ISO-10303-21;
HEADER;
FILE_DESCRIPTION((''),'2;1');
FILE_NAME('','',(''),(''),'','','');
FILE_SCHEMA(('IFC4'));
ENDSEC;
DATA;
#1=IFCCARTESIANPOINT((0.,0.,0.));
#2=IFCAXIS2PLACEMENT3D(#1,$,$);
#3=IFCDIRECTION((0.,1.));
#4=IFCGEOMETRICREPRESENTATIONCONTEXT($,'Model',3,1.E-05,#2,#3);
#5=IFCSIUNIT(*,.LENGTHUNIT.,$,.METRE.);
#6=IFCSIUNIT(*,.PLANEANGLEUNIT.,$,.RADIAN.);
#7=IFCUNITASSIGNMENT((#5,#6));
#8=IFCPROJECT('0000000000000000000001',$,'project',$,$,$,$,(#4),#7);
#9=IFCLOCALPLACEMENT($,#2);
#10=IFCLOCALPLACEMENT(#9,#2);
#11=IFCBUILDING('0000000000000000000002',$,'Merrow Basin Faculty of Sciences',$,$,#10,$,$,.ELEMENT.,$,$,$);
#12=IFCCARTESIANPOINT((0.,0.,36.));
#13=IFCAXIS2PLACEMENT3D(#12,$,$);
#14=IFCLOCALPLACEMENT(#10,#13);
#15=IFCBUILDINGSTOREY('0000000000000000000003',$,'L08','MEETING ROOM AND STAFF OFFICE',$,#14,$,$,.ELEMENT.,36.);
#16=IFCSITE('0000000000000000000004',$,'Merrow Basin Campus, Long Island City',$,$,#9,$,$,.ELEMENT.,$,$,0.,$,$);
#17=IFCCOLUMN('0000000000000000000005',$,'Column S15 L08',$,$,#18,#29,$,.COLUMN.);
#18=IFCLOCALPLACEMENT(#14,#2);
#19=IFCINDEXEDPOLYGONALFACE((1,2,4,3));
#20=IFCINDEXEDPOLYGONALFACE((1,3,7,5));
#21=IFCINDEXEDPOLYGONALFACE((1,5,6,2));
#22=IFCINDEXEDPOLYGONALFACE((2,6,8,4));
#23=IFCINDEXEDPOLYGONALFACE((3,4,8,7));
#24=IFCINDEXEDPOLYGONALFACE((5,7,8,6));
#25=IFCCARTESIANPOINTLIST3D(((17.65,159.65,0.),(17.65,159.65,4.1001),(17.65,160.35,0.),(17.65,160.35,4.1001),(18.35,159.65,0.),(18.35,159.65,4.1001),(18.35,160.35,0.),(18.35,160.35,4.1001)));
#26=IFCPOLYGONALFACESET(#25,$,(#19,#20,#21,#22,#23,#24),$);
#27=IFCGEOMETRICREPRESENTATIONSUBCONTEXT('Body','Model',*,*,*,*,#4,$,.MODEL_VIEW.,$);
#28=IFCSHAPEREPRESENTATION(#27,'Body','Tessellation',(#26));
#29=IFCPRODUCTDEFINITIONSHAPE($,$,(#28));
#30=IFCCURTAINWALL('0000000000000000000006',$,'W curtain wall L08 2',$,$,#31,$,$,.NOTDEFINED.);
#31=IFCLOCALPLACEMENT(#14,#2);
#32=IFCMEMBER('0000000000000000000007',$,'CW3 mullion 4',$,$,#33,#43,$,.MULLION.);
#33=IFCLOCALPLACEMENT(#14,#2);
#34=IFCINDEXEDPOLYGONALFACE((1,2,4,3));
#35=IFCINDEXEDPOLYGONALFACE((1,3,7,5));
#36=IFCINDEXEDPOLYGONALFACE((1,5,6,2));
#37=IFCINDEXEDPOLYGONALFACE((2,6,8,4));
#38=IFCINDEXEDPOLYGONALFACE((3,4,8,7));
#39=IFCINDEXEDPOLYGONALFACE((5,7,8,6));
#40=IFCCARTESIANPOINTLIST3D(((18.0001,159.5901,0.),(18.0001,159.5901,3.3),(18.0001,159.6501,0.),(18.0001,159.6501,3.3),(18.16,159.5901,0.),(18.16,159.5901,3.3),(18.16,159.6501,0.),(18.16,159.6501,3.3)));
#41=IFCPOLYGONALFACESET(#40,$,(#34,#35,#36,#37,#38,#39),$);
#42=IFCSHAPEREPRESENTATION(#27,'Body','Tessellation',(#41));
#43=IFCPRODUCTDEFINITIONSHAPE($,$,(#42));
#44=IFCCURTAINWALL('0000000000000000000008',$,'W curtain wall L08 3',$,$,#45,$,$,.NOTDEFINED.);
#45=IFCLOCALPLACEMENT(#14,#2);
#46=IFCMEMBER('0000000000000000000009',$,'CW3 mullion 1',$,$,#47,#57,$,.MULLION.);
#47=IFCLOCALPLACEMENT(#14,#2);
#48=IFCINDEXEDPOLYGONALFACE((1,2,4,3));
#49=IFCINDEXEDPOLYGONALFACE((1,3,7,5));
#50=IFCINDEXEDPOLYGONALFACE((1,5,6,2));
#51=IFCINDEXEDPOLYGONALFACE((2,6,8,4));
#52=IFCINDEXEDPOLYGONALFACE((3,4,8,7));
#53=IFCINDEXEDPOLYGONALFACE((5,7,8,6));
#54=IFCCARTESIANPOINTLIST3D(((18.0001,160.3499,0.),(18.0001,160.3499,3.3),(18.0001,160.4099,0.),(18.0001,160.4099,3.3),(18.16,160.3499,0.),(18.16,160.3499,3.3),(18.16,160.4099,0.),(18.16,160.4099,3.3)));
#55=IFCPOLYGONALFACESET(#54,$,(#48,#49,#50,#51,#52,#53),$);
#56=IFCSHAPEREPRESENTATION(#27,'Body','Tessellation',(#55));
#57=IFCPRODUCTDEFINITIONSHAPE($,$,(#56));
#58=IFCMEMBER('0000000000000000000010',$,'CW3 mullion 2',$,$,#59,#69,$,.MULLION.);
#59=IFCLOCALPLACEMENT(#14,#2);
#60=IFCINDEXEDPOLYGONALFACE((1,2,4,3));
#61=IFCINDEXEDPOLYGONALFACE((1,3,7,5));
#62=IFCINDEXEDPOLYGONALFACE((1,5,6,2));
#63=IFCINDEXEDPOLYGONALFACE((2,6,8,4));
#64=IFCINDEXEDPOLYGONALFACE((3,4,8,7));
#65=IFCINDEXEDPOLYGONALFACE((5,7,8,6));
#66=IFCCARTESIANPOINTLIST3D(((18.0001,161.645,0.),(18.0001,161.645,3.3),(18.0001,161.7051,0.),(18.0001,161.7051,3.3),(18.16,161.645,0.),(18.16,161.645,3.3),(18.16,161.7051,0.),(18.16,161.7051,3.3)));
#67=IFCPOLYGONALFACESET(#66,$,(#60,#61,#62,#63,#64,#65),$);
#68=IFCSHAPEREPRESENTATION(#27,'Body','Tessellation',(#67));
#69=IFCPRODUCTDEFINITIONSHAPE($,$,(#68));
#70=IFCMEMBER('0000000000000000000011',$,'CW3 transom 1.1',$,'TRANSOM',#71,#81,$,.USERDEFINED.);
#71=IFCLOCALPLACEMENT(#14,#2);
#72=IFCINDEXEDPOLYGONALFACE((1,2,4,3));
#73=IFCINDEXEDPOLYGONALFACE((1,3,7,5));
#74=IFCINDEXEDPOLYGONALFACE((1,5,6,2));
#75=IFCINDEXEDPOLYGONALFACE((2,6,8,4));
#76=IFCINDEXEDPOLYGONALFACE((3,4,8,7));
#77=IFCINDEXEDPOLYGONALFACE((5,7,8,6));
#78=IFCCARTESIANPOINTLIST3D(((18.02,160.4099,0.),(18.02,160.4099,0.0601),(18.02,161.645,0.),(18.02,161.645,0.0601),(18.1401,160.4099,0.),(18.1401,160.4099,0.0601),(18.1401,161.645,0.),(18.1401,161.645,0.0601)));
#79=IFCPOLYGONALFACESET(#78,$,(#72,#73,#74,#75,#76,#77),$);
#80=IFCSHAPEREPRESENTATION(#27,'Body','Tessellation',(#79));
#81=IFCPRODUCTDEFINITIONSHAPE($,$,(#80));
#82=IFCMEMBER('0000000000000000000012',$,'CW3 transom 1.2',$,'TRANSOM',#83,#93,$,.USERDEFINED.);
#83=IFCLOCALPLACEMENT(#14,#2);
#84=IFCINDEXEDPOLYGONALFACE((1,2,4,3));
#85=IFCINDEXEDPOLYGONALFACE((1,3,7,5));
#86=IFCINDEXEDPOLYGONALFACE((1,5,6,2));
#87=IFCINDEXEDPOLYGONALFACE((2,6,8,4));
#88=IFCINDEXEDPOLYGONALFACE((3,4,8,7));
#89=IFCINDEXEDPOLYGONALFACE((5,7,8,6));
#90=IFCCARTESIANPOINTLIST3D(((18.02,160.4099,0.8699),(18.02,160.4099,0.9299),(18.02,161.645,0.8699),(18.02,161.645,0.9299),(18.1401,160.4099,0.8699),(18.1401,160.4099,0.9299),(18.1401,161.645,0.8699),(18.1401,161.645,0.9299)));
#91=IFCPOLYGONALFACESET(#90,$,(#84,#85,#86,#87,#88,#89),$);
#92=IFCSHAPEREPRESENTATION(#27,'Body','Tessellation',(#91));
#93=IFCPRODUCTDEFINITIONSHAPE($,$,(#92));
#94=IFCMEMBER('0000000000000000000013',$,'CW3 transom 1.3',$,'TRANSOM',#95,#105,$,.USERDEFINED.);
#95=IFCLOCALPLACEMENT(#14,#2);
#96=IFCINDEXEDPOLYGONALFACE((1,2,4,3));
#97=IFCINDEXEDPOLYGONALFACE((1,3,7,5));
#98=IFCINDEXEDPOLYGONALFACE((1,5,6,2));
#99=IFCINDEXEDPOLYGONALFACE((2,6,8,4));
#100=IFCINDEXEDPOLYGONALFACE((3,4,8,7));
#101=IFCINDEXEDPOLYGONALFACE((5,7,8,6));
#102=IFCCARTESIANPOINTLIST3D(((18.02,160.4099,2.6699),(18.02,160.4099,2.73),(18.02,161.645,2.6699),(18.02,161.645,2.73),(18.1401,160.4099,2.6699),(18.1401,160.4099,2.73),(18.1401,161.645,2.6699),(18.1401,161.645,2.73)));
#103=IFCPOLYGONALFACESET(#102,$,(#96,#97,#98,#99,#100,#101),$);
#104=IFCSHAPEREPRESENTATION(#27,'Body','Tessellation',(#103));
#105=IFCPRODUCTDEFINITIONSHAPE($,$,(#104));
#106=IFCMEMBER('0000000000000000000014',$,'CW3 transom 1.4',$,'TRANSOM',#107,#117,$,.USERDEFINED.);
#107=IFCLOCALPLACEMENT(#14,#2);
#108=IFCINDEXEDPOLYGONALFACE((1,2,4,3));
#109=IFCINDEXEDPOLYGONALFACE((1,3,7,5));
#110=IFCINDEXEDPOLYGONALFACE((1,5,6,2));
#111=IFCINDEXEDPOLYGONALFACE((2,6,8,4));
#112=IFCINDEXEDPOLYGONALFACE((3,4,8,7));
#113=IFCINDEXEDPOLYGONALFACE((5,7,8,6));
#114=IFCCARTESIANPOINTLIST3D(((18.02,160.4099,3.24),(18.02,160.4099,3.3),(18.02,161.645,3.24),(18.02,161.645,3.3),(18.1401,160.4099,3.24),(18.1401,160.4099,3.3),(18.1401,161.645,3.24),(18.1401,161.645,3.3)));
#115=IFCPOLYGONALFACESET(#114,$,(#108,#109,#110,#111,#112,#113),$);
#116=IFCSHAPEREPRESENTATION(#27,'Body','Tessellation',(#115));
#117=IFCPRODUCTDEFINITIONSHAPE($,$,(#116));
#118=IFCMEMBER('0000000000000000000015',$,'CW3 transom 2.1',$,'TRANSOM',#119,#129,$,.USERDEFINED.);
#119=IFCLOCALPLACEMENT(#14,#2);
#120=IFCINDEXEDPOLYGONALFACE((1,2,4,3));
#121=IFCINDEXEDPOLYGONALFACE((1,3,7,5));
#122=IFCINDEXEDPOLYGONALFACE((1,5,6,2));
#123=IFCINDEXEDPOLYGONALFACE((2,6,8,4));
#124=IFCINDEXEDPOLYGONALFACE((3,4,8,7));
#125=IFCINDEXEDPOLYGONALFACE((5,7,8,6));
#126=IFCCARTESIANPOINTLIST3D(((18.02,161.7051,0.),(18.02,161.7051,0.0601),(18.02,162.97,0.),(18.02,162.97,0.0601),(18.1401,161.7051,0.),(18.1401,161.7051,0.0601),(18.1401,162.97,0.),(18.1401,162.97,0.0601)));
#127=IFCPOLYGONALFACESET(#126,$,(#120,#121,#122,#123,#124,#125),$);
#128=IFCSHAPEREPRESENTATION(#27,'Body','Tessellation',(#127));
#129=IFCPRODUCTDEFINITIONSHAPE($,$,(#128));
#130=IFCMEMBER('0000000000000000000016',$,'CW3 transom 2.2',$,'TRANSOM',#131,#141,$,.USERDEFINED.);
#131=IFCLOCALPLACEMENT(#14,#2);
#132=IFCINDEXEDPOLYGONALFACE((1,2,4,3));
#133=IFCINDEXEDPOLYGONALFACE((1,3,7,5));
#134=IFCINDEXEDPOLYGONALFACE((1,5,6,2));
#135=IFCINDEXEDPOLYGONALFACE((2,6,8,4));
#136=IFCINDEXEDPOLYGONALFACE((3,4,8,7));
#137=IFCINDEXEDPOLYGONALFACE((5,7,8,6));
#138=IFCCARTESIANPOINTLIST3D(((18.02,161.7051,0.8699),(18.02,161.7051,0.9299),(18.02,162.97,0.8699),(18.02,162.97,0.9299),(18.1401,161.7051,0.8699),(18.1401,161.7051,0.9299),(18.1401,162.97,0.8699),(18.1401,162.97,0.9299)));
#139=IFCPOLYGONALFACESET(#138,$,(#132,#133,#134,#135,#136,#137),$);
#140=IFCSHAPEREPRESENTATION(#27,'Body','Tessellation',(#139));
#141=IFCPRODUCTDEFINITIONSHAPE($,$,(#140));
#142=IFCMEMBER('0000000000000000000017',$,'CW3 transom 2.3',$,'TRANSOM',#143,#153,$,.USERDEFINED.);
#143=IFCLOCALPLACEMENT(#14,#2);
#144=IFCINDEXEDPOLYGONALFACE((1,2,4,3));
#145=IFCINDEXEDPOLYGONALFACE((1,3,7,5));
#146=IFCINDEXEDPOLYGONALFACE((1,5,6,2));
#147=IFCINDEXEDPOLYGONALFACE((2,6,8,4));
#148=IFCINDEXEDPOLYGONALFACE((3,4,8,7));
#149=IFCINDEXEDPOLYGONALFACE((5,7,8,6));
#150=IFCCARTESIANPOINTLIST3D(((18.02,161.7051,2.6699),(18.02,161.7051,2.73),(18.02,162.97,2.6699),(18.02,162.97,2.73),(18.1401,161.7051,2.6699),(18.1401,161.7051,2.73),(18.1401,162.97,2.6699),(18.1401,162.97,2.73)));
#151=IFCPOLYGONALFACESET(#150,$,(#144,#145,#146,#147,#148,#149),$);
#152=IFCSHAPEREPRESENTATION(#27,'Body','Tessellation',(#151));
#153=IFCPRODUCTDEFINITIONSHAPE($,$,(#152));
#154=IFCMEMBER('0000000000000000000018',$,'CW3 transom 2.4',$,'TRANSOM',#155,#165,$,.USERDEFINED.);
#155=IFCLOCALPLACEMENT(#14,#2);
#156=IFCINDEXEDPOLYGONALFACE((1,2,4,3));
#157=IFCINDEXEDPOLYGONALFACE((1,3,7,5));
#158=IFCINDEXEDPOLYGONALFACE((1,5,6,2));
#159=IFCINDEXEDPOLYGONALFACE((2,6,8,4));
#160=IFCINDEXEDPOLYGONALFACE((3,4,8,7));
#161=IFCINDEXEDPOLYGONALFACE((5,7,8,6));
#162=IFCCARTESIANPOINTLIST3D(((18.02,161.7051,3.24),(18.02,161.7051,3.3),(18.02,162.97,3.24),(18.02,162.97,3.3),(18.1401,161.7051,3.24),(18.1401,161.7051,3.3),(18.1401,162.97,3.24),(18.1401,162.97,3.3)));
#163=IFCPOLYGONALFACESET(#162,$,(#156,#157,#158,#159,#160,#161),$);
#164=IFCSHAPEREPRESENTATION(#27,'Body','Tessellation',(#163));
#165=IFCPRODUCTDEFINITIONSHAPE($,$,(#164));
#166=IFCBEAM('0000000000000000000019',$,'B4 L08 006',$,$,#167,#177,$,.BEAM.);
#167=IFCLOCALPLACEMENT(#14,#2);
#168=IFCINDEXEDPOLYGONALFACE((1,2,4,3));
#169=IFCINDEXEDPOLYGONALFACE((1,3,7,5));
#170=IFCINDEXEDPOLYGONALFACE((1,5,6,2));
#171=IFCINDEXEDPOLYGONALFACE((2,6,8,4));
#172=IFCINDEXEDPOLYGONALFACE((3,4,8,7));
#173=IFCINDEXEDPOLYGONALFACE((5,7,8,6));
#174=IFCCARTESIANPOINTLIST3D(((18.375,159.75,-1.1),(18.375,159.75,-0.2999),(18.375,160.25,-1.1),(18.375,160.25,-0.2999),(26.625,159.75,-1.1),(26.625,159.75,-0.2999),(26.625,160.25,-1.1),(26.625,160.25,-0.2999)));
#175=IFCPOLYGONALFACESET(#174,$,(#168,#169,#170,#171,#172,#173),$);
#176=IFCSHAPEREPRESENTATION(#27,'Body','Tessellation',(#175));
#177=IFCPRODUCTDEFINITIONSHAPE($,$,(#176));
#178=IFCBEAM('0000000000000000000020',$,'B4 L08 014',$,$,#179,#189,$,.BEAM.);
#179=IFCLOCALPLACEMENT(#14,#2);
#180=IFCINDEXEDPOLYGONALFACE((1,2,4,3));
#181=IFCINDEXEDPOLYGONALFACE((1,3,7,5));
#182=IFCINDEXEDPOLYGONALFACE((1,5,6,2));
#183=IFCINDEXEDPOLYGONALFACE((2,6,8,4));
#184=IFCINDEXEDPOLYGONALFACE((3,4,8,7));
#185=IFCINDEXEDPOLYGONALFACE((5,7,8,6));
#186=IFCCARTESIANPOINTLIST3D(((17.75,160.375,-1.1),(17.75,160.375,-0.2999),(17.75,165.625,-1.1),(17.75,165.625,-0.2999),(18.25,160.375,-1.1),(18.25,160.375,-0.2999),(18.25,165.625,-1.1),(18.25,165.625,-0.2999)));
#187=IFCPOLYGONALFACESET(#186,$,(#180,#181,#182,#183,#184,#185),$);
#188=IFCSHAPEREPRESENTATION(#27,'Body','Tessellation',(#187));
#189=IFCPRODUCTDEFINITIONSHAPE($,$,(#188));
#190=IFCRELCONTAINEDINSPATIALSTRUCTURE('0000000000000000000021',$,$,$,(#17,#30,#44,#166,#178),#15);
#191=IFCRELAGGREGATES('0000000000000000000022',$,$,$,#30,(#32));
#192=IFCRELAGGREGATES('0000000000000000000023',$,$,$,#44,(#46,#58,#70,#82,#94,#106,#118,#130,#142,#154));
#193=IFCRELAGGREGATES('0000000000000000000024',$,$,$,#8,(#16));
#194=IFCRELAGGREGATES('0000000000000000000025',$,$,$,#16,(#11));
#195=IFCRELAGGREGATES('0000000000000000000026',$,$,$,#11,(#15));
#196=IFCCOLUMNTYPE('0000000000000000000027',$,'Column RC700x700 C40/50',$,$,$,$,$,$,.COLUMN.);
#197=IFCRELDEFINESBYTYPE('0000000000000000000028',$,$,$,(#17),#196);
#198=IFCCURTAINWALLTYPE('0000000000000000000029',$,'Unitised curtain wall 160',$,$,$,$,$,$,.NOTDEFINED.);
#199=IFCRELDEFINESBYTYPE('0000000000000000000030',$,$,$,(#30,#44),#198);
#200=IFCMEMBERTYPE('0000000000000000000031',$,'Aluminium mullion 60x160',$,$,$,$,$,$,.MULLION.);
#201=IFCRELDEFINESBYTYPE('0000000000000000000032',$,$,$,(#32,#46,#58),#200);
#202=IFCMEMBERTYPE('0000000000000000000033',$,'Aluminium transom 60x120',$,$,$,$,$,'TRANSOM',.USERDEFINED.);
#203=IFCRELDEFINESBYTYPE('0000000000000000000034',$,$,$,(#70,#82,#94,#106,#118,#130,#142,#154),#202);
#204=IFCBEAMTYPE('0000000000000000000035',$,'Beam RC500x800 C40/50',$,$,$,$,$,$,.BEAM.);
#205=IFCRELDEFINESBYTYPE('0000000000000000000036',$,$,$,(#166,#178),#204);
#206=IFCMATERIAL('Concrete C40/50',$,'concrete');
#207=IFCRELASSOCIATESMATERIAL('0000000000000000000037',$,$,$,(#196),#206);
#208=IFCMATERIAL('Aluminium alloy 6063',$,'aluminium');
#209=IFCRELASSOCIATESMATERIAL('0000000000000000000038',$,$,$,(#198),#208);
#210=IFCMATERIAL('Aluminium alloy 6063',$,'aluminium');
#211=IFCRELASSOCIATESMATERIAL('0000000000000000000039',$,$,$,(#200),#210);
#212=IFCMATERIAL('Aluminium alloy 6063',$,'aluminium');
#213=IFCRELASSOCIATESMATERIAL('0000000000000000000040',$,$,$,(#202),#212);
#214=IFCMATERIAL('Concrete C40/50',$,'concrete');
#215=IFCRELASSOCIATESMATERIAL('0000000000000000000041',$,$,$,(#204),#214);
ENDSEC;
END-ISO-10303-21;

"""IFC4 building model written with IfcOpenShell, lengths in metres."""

from ifc_helpers import new_model, si_unit, direction, frame, origin, origin_2d, place, context, subcontext, project, spatial, rectangle, extrude, material, material_profile, profile_set, type_object, element, aggregate, save


model = new_model("IFC4")

# Units and contexts
model_context = context("Model", 3, precision=1e-05, world=origin(), true_north=direction((0.0, 1.0)))
body_context = subcontext(model_context, "Body", "Model", "MODEL_VIEW")
ifc_project = project(units=[si_unit("LENGTHUNIT", "METRE"), si_unit("PLANEANGLEUNIT", "RADIAN")], contexts=[model_context])

# Site, building, storey
site_placement = place(None, origin())
site = spatial("IfcSite", under=ifc_project, at=site_placement, Name="Merrow Basin Campus, Long Island City", CompositionType="ELEMENT", RefElevation=0.0)
building_placement = place(site_placement, origin())
building = spatial("IfcBuilding", under=site, at=building_placement, Name="Merrow Basin Faculty of Sciences", CompositionType="ELEMENT")
storey_placement = place(building_placement, frame((0.0, 0.0, 36.0)))
storey = spatial("IfcBuildingStorey", under=building, at=storey_placement, Name="L08", Description="MEETING ROOM AND STAFF OFFICE", CompositionType="ELEMENT", Elevation=36.0)

# Column
ifc_material_1 = material(Name="Concrete C40/50", Category="concrete")
ifc_material_profile_1 = material_profile(ifc_material_1, rectangle(XDim=0.7, YDim=0.7, at=origin_2d()))
ifc_profile_set_1 = profile_set([ifc_material_profile_1], Name="Concrete C40/50")
column_type = type_object("IfcColumnType", Name="Column RC700x700 C40/50", PredefinedType="COLUMN", material=ifc_profile_set_1)
column_placement = place(storey_placement, frame((18.0, 160.0, 0.0), z_axis=(0.0, 0.0, 1.0), x_axis=(1.0, 0.0, 0.0)))
element("IfcColumn", 1, at=column_placement, inside=storey, type_object=column_type, Name="Column S15 L08", PredefinedType="COLUMN", context=body_context, shape_type="SweptSolid", body=[
    extrude(rectangle(XDim=0.7, YDim=0.7, at=origin_2d()), origin(), (0.0, 0.0, 1.0), 4.1001),
])

# Curtain wall, member
ifc_material_2 = material(Name="Aluminium alloy 6063", Category="aluminium")
curtain_wall_type = type_object("IfcCurtainWallType", Name="Unitised curtain wall 160", PredefinedType="NOTDEFINED", material=ifc_material_2)
curtain_wall_1_placement = place(storey_placement, origin())
curtain_wall_1 = element("IfcCurtainWall", 2, at=curtain_wall_1_placement, inside=storey, type_object=curtain_wall_type, Name="W curtain wall L08 2", PredefinedType="NOTDEFINED")
ifc_material_3 = material(Name="Aluminium alloy 6063", Category="aluminium")
ifc_material_profile_2 = material_profile(ifc_material_3, rectangle(XDim=0.1599, YDim=0.0601, at=origin_2d()))
ifc_profile_set_2 = profile_set([ifc_material_profile_2], Name="Aluminium alloy 6063")
member_type_1 = type_object("IfcMemberType", Name="Aluminium mullion 60x160", PredefinedType="MULLION", material=ifc_profile_set_2)
member_1_placement = place(storey_placement, frame((18.0801, 159.6201, 0.0), z_axis=(0.0, 0.0, 1.0), x_axis=(-1.0, 0.0, 0.0)))
member_1 = element("IfcMember", 3, at=member_1_placement, type_object=member_type_1, Name="CW3 mullion 4", PredefinedType="MULLION", context=body_context, shape_type="SweptSolid", body=[
    extrude(rectangle(XDim=0.1599, YDim=0.0601, at=origin_2d()), origin(), (0.0, 0.0, 1.0), 3.3),
])

# Curtain wall, members
curtain_wall_2_placement = place(storey_placement, origin())
curtain_wall_2 = element("IfcCurtainWall", 4, at=curtain_wall_2_placement, inside=storey, type_object=curtain_wall_type, Name="W curtain wall L08 3", PredefinedType="NOTDEFINED")
member_2_placement = place(storey_placement, frame((18.0801, 160.3799, 0.0), z_axis=(0.0, 0.0, 1.0), x_axis=(-1.0, 0.0, 0.0)))
member_2 = element("IfcMember", 5, at=member_2_placement, type_object=member_type_1, Name="CW3 mullion 1", PredefinedType="MULLION", context=body_context, shape_type="SweptSolid", body=[
    extrude(rectangle(XDim=0.1599, YDim=0.0601, at=origin_2d()), origin(), (0.0, 0.0, 1.0), 3.3),
])
member_3_placement = place(storey_placement, frame((18.0801, 161.675, 0.0), z_axis=(0.0, 0.0, 1.0), x_axis=(-1.0, 0.0, 0.0)))
member_3 = element("IfcMember", 6, at=member_3_placement, type_object=member_type_1, Name="CW3 mullion 2", PredefinedType="MULLION", context=body_context, shape_type="SweptSolid", body=[
    extrude(rectangle(XDim=0.1599, YDim=0.0601, at=origin_2d()), origin(), (0.0, 0.0, 1.0), 3.3),
])
ifc_material_4 = material(Name="Aluminium alloy 6063", Category="aluminium")
ifc_material_profile_3 = material_profile(ifc_material_4, rectangle(XDim=0.1201, YDim=0.0601, at=origin_2d()))
ifc_profile_set_3 = profile_set([ifc_material_profile_3], Name="Aluminium alloy 6063")
member_type_2 = type_object("IfcMemberType", Name="Aluminium transom 60x120", ElementType="TRANSOM", PredefinedType="USERDEFINED", material=ifc_profile_set_3)
member_4_placement = place(storey_placement, frame((18.0801, 160.4099, 0.03), z_axis=(0.0, 1.0, 0.0), x_axis=(-1.0, 0.0, 0.0)))
member_4 = element("IfcMember", 7, at=member_4_placement, type_object=member_type_2, Name="CW3 transom 1.1", ObjectType="TRANSOM", PredefinedType="USERDEFINED", context=body_context, shape_type="SweptSolid", body=[
    extrude(rectangle(XDim=0.1201, YDim=0.0601, at=origin_2d()), origin(), (0.0, 0.0, 1.0), 1.2351),
])
member_5_placement = place(storey_placement, frame((18.0801, 160.4099, 0.8999), z_axis=(0.0, 1.0, 0.0), x_axis=(-1.0, 0.0, 0.0)))
member_5 = element("IfcMember", 8, at=member_5_placement, type_object=member_type_2, Name="CW3 transom 1.2", ObjectType="TRANSOM", PredefinedType="USERDEFINED", context=body_context, shape_type="SweptSolid", body=[
    extrude(rectangle(XDim=0.1201, YDim=0.0601, at=origin_2d()), origin(), (0.0, 0.0, 1.0), 1.2351),
])
member_6_placement = place(storey_placement, frame((18.0801, 160.4099, 2.7), z_axis=(0.0, 1.0, 0.0), x_axis=(-1.0, 0.0, 0.0)))
member_6 = element("IfcMember", 9, at=member_6_placement, type_object=member_type_2, Name="CW3 transom 1.3", ObjectType="TRANSOM", PredefinedType="USERDEFINED", context=body_context, shape_type="SweptSolid", body=[
    extrude(rectangle(XDim=0.1201, YDim=0.0601, at=origin_2d()), origin(), (0.0, 0.0, 1.0), 1.2351),
])
member_7_placement = place(storey_placement, frame((18.0801, 160.4099, 3.27), z_axis=(0.0, 1.0, 0.0), x_axis=(-1.0, 0.0, 0.0)))
member_7 = element("IfcMember", 10, at=member_7_placement, type_object=member_type_2, Name="CW3 transom 1.4", ObjectType="TRANSOM", PredefinedType="USERDEFINED", context=body_context, shape_type="SweptSolid", body=[
    extrude(rectangle(XDim=0.1201, YDim=0.0601, at=origin_2d()), origin(), (0.0, 0.0, 1.0), 1.2351),
])
member_8_placement = place(storey_placement, frame((18.0801, 161.7051, 0.03), z_axis=(0.0, 1.0, 0.0), x_axis=(-1.0, 0.0, 0.0)))
member_8 = element("IfcMember", 11, at=member_8_placement, type_object=member_type_2, Name="CW3 transom 2.1", ObjectType="TRANSOM", PredefinedType="USERDEFINED", context=body_context, shape_type="SweptSolid", body=[
    extrude(rectangle(XDim=0.1201, YDim=0.0601, at=origin_2d()), origin(), (0.0, 0.0, 1.0), 1.2649),
])
member_9_placement = place(storey_placement, frame((18.0801, 161.7051, 0.8999), z_axis=(0.0, 1.0, 0.0), x_axis=(-1.0, 0.0, 0.0)))
member_9 = element("IfcMember", 12, at=member_9_placement, type_object=member_type_2, Name="CW3 transom 2.2", ObjectType="TRANSOM", PredefinedType="USERDEFINED", context=body_context, shape_type="SweptSolid", body=[
    extrude(rectangle(XDim=0.1201, YDim=0.0601, at=origin_2d()), origin(), (0.0, 0.0, 1.0), 1.2649),
])
member_10_placement = place(storey_placement, frame((18.0801, 161.7051, 2.7), z_axis=(0.0, 1.0, 0.0), x_axis=(-1.0, 0.0, 0.0)))
member_10 = element("IfcMember", 13, at=member_10_placement, type_object=member_type_2, Name="CW3 transom 2.3", ObjectType="TRANSOM", PredefinedType="USERDEFINED", context=body_context, shape_type="SweptSolid", body=[
    extrude(rectangle(XDim=0.1201, YDim=0.0601, at=origin_2d()), origin(), (0.0, 0.0, 1.0), 1.2649),
])
member_11_placement = place(storey_placement, frame((18.0801, 161.7051, 3.27), z_axis=(0.0, 1.0, 0.0), x_axis=(-1.0, 0.0, 0.0)))
member_11 = element("IfcMember", 14, at=member_11_placement, type_object=member_type_2, Name="CW3 transom 2.4", ObjectType="TRANSOM", PredefinedType="USERDEFINED", context=body_context, shape_type="SweptSolid", body=[
    extrude(rectangle(XDim=0.1201, YDim=0.0601, at=origin_2d()), origin(), (0.0, 0.0, 1.0), 1.2649),
])

# Beams
ifc_material_5 = material(Name="Concrete C40/50", Category="concrete")
ifc_material_profile_4 = material_profile(ifc_material_5, rectangle(XDim=0.5, YDim=0.8, at=origin_2d()))
ifc_profile_set_4 = profile_set([ifc_material_profile_4], Name="Concrete C40/50")
beam_type = type_object("IfcBeamType", Name="Beam RC500x800 C40/50", PredefinedType="BEAM", material=ifc_profile_set_4)
beam_1_placement = place(storey_placement, frame((18.375, 160.0, -0.7), z_axis=(1.0, 0.0, 0.0), x_axis=(0.0, 1.0, 0.0)))
element("IfcBeam", 15, at=beam_1_placement, inside=storey, type_object=beam_type, Name="B4 L08 006", PredefinedType="BEAM", context=body_context, shape_type="SweptSolid", body=[
    extrude(rectangle(XDim=0.5, YDim=0.8, at=origin_2d()), origin(), (0.0, 0.0, 1.0), 8.25),
])
beam_2_placement = place(storey_placement, frame((18.0, 160.375, -0.7), z_axis=(0.0, 1.0, 0.0), x_axis=(-1.0, 0.0, 0.0)))
element("IfcBeam", 16, at=beam_2_placement, inside=storey, type_object=beam_type, Name="B4 L08 014", PredefinedType="BEAM", context=body_context, shape_type="SweptSolid", body=[
    extrude(rectangle(XDim=0.5, YDim=0.8, at=origin_2d()), origin(), (0.0, 0.0, 1.0), 5.25),
])

aggregate(curtain_wall_1, [member_1])
aggregate(curtain_wall_2, [member_2, member_3, member_4, member_5, member_6, member_7, member_8, member_9, member_10, member_11])

save(model, "model.ifc")
